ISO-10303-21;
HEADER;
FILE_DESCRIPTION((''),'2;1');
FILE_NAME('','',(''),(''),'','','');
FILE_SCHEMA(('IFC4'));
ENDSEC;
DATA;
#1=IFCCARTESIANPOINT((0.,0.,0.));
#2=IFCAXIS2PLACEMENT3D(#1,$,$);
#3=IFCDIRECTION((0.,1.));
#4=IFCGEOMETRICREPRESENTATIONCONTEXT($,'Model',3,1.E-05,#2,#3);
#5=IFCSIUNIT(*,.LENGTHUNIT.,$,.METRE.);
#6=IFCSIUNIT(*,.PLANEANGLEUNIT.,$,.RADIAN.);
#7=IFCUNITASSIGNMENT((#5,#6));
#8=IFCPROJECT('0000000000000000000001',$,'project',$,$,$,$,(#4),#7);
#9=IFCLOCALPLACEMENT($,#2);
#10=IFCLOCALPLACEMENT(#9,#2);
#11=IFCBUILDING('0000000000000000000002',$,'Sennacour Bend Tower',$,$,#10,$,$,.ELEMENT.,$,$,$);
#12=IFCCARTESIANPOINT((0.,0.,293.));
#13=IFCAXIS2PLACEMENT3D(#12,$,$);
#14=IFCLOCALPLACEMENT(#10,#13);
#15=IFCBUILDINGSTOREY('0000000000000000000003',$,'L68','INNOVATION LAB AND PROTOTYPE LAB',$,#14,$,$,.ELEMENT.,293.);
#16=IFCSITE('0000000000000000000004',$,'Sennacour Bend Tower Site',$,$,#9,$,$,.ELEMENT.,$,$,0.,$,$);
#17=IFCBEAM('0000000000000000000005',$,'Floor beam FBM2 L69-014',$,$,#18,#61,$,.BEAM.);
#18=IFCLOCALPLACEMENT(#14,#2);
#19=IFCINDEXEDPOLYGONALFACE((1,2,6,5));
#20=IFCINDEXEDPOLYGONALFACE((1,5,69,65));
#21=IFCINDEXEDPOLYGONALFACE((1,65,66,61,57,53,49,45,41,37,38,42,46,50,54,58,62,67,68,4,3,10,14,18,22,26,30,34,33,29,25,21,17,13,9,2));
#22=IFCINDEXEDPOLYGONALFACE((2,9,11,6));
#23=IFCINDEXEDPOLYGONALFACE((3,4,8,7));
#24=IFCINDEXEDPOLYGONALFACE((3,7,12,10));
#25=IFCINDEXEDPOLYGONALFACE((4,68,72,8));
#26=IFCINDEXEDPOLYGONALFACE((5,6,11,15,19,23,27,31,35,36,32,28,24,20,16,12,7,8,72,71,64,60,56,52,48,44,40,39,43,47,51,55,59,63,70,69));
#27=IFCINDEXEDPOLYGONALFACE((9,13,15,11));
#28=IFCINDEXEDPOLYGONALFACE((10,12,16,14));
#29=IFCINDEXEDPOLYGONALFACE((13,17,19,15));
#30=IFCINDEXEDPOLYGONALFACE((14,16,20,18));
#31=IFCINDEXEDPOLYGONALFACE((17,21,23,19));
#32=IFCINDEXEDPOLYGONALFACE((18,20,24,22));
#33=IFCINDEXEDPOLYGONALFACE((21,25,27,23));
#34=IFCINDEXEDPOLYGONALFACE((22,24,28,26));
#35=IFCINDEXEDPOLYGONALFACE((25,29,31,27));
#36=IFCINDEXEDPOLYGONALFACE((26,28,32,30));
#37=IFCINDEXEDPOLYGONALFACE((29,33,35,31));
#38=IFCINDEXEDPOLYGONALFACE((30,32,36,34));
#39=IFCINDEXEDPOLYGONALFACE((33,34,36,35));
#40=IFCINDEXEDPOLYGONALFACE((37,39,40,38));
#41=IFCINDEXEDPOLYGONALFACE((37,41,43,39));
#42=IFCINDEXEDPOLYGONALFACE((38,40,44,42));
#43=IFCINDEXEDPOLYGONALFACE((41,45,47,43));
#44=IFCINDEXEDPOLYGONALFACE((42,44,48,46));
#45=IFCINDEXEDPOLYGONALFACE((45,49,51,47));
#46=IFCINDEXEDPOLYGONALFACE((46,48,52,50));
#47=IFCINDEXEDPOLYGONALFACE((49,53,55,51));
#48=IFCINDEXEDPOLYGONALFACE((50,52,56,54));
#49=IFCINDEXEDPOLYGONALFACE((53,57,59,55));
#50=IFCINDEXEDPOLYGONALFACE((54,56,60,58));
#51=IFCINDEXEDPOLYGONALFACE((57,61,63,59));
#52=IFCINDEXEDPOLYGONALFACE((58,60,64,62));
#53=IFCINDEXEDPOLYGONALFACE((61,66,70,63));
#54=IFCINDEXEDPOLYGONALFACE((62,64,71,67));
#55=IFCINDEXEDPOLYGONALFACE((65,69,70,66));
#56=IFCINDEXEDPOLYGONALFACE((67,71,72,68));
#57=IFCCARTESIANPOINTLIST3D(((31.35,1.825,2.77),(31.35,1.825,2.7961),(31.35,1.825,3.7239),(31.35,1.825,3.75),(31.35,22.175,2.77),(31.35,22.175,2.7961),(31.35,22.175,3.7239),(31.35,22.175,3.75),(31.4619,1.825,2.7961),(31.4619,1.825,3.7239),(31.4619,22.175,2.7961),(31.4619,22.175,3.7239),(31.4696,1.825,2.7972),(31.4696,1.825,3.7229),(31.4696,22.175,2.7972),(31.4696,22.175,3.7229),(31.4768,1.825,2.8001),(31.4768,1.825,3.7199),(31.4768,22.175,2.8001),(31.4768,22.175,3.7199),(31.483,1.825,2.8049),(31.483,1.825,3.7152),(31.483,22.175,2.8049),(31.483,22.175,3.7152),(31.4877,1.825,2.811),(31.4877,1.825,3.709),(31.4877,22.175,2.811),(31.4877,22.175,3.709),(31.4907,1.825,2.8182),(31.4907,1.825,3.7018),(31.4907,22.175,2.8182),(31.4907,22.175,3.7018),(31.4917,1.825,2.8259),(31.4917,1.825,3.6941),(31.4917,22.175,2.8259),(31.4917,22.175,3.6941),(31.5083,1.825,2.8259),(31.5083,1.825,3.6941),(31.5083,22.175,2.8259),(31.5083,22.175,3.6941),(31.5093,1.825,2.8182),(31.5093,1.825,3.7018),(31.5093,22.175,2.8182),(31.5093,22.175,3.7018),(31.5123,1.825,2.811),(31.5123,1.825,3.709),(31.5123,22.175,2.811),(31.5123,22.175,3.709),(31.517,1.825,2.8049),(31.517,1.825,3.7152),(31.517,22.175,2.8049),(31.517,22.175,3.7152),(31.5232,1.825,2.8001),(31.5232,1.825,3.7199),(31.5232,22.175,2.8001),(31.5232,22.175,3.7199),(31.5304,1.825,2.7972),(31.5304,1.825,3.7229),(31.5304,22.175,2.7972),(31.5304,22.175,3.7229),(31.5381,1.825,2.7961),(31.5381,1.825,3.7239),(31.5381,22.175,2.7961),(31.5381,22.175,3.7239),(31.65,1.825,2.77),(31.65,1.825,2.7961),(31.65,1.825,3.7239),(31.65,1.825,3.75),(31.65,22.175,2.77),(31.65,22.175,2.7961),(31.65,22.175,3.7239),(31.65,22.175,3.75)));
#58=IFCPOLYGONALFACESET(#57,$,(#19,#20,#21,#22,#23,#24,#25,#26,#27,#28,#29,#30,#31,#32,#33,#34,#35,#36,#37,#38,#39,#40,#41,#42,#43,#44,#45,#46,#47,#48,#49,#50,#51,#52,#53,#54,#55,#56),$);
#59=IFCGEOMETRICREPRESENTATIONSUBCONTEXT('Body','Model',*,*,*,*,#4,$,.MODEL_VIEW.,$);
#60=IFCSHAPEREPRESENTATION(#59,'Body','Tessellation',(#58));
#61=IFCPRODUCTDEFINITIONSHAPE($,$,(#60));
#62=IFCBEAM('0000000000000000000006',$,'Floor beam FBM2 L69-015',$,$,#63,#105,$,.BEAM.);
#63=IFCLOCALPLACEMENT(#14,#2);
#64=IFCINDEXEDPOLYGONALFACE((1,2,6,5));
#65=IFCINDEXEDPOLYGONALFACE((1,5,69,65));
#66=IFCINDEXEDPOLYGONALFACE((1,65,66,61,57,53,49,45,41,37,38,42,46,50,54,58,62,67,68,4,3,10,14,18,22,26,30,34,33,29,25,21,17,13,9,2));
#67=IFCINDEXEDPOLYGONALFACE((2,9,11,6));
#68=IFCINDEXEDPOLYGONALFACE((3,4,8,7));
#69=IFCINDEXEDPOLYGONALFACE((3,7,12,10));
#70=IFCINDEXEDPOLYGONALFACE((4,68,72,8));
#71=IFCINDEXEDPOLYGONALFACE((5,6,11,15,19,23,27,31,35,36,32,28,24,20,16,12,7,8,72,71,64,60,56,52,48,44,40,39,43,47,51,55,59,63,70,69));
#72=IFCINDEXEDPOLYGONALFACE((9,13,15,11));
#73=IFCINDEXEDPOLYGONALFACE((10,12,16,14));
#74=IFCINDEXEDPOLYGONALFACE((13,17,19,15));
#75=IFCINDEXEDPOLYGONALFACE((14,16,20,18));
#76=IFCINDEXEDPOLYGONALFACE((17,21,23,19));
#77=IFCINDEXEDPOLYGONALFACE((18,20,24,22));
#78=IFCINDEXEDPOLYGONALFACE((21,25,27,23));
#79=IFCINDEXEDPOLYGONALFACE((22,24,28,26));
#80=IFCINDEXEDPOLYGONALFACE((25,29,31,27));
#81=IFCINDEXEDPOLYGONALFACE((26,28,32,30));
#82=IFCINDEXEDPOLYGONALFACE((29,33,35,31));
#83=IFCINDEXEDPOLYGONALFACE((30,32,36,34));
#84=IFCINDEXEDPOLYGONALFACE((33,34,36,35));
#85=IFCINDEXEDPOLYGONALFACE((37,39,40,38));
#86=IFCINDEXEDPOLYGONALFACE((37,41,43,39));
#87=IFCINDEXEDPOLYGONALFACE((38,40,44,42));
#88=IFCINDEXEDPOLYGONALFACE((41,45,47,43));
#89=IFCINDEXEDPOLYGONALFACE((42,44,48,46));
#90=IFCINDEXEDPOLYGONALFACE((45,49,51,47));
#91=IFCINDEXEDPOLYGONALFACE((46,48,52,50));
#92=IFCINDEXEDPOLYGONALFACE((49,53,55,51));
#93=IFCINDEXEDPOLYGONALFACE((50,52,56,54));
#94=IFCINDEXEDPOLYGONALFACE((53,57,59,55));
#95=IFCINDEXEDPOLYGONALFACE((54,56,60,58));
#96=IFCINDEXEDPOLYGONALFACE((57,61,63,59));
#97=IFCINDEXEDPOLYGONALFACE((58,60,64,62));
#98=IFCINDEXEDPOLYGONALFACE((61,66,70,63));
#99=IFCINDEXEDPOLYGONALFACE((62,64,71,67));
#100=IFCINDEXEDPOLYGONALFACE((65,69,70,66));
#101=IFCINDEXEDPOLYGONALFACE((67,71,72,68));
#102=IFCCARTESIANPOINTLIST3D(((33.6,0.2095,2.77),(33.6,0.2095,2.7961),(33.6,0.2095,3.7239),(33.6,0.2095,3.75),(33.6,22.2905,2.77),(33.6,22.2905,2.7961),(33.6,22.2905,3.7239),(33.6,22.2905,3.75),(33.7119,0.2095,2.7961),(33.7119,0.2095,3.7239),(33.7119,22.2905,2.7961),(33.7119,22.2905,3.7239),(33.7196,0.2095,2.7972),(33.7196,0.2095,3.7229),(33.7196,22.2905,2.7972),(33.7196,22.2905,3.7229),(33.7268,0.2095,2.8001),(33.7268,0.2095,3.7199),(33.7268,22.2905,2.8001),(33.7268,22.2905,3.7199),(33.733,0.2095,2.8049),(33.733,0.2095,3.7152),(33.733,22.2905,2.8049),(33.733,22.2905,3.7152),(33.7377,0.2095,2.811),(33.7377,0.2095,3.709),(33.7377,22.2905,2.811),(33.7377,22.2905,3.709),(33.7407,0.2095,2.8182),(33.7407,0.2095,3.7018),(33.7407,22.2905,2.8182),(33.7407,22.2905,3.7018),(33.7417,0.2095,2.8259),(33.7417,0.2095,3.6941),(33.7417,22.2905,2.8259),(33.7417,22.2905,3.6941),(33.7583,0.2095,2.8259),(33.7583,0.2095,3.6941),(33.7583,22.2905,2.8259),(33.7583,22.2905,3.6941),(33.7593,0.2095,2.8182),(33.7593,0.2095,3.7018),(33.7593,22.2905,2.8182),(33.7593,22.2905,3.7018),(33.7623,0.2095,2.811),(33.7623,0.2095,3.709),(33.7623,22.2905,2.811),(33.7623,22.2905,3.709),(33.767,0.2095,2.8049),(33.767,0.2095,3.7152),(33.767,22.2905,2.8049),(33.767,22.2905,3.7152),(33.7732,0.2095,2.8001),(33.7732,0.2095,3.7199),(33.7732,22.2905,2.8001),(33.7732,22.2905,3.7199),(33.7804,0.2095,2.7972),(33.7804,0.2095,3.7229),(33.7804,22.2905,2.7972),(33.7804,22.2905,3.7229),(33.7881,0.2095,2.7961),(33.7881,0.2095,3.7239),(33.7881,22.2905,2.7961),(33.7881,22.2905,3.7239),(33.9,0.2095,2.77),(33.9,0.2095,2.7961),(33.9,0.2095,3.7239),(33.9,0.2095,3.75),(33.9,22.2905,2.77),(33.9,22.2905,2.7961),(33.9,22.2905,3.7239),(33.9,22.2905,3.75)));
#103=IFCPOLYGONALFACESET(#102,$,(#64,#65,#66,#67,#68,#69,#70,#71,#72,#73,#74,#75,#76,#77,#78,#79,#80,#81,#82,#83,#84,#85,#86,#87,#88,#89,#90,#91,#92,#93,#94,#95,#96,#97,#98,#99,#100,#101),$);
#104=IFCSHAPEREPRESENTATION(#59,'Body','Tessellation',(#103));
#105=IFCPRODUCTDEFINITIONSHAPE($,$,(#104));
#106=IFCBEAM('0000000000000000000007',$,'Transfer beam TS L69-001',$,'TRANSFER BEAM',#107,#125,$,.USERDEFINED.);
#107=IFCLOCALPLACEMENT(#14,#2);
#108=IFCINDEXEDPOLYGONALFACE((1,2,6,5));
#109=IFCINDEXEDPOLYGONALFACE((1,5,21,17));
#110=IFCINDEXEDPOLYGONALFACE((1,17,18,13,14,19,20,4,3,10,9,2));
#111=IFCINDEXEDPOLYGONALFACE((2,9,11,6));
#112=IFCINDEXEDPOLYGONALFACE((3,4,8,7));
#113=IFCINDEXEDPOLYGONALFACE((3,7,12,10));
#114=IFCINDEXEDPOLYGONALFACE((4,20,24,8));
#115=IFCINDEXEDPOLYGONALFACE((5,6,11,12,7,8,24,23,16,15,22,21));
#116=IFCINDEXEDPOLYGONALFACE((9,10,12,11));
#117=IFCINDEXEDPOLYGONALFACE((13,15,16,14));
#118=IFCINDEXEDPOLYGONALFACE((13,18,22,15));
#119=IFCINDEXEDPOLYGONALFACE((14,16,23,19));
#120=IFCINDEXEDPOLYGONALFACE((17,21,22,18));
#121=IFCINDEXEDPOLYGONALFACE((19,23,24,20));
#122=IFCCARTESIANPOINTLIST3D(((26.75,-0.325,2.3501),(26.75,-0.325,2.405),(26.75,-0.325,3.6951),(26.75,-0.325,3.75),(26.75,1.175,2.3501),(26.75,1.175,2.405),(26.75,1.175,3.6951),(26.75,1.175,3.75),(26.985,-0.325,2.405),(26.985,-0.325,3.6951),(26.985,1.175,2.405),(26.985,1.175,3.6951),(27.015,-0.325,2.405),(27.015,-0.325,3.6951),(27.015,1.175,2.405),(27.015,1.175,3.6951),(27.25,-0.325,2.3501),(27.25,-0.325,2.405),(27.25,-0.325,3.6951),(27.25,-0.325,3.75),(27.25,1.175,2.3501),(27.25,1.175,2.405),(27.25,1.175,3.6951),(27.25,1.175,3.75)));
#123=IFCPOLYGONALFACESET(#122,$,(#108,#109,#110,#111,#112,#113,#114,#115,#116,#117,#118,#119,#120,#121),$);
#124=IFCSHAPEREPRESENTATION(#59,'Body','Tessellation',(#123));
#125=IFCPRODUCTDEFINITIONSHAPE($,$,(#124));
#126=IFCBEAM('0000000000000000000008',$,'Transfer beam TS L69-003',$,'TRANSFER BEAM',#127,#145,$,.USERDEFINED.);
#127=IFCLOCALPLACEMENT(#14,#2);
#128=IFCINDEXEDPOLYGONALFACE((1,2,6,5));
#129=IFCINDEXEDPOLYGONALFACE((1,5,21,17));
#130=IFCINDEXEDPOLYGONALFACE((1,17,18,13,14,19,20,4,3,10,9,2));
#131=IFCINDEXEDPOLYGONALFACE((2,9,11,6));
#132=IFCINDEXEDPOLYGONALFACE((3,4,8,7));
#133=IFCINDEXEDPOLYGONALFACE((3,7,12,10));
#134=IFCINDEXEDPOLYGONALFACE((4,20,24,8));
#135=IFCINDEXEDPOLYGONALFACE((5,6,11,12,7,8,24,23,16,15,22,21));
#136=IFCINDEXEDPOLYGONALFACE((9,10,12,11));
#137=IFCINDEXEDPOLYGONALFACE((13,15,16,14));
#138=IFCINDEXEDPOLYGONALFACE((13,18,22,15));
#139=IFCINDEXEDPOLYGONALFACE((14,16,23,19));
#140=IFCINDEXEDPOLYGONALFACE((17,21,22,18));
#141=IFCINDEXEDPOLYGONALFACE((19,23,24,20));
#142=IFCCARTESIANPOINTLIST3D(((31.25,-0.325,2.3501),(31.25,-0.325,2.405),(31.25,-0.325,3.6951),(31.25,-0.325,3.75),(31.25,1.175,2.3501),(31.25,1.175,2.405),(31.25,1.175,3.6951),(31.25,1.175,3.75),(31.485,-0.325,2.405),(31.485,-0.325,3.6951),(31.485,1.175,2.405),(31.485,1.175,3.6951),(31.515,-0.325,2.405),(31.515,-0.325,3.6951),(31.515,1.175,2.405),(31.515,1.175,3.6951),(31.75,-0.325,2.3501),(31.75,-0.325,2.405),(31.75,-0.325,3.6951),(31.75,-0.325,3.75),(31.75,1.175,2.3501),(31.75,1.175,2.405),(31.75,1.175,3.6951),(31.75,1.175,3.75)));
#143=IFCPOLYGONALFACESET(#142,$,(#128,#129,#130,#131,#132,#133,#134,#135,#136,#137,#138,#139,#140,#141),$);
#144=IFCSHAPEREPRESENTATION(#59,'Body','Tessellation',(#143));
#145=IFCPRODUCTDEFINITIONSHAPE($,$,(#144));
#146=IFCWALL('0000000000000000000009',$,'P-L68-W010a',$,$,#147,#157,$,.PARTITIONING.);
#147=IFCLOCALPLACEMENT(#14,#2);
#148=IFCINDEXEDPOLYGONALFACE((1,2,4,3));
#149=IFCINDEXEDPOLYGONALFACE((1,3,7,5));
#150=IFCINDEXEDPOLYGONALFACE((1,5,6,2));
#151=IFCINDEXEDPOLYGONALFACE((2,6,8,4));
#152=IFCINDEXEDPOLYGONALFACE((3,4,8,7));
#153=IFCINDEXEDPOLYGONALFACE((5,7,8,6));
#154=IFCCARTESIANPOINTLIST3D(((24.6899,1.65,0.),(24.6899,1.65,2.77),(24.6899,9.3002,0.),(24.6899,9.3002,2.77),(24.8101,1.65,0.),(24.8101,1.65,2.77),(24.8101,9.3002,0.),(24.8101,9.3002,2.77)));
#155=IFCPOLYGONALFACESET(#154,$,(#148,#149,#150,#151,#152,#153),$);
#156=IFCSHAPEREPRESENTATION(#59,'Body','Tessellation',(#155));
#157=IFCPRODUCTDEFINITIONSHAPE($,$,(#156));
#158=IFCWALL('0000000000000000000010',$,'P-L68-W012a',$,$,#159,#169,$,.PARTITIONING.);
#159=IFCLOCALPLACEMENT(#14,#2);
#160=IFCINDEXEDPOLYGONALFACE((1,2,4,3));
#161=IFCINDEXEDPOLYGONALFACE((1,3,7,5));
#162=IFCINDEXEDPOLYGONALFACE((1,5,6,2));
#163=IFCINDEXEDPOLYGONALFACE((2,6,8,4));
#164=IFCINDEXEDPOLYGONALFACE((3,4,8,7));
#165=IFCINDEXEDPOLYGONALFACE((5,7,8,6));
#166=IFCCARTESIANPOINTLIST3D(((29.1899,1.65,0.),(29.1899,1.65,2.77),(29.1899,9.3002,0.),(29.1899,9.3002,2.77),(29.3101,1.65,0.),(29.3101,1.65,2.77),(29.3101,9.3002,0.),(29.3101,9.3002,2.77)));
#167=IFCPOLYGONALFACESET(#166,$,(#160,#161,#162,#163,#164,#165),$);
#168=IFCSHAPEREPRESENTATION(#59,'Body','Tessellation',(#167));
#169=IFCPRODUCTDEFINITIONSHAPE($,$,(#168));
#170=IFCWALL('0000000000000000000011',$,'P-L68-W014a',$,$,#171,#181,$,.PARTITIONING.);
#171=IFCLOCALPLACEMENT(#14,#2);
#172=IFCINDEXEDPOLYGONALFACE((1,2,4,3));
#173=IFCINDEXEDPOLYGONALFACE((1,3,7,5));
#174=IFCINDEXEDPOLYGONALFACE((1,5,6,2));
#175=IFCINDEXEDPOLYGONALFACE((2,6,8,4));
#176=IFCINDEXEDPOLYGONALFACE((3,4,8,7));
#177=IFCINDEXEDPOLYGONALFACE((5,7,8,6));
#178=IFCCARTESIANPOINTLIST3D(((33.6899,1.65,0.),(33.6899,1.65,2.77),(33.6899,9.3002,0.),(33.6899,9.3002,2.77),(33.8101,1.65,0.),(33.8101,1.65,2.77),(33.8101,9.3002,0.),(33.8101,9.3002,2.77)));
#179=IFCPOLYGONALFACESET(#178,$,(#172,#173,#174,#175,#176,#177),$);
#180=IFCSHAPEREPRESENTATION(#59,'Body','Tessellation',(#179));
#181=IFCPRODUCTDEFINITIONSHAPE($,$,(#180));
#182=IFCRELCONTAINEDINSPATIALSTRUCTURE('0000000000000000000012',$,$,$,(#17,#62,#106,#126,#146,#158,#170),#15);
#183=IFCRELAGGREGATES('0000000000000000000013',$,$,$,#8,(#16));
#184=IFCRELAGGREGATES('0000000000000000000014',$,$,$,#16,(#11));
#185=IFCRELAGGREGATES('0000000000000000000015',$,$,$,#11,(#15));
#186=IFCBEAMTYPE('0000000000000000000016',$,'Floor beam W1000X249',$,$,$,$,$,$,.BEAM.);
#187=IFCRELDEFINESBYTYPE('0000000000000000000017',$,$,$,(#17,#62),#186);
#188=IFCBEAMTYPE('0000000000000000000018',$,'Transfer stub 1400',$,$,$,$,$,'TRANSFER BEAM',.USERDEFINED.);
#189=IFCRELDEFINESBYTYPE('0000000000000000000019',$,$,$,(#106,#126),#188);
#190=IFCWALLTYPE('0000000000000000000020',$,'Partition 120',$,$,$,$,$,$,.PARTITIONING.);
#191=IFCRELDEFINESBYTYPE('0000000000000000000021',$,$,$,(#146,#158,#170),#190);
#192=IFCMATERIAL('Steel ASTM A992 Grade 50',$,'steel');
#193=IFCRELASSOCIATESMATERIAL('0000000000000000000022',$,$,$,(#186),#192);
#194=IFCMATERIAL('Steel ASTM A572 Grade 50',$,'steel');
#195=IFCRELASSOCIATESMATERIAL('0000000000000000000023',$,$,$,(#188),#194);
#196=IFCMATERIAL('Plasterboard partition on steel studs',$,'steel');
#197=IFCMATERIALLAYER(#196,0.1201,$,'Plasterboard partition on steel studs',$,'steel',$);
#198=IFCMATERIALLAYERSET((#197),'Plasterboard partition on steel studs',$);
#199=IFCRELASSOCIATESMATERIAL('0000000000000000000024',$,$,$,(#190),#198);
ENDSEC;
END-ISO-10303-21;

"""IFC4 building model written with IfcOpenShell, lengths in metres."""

from ifc_helpers import new_model, si_unit, direction, frame, frame_2d, origin, origin_2d, place, context, subcontext, project, spatial, rectangle, i_section, extrude, material, layer, layer_set, material_profile, profile_set, type_object, element, save


model = new_model("IFC4")

# Units and contexts
model_context = context("Model", 3, precision=1e-05, world=origin(), true_north=direction((0.0, 1.0)))
body_context = subcontext(model_context, "Body", "Model", "MODEL_VIEW")
ifc_project = project(units=[si_unit("LENGTHUNIT", "METRE"), si_unit("PLANEANGLEUNIT", "RADIAN")], contexts=[model_context])

# Site, building, storey
site_placement = place(None, origin())
site = spatial("IfcSite", under=ifc_project, at=site_placement, Name="Sennacour Bend Tower Site", CompositionType="ELEMENT", RefElevation=0.0)
building_placement = place(site_placement, origin())
building = spatial("IfcBuilding", under=site, at=building_placement, Name="Sennacour Bend Tower", CompositionType="ELEMENT")
storey_placement = place(building_placement, frame((0.0, 0.0, 293.0)))
storey = spatial("IfcBuildingStorey", under=building, at=storey_placement, Name="L68", Description="INNOVATION LAB AND PROTOTYPE LAB", CompositionType="ELEMENT", Elevation=293.0)

# Shared definitions
ifc_material_1 = material(Name="Steel ASTM A572 Grade 50", Category="steel")

# Beams
ifc_material_2 = material(Name="Steel ASTM A992 Grade 50", Category="steel")
ifc_material_profile_1 = material_profile(ifc_material_2, i_section(OverallWidth=0.3, OverallDepth=0.98, WebThickness=0.0166, FlangeThickness=0.0261, FilletRadius=0.0298, at=origin_2d()), Name="Steel ASTM A992 Grade 50", Category="steel")
ifc_profile_set_1 = profile_set([ifc_material_profile_1], Name="Steel ASTM A992 Grade 50")
beam_type_1 = type_object("IfcBeamType", Name="Floor beam W1000X249", PredefinedType="BEAM", material=ifc_profile_set_1)
beam_1_placement = place(storey_placement, frame((31.5, 1.825, 3.26), z_axis=(0.0, 1.0, 0.0), x_axis=(-1.0, 0.0, 0.0)))
element("IfcBeam", 1, at=beam_1_placement, inside=storey, type_object=beam_type_1, Name="Floor beam FBM2 L69-014", PredefinedType="BEAM", context=body_context, shape_type="SweptSolid", body=[
    extrude(i_section(OverallWidth=0.3, OverallDepth=0.98, WebThickness=0.0166, FlangeThickness=0.0261, FilletRadius=0.0298, at=origin_2d()), origin(), (0.0, 0.0, 1.0), 20.3501),
])
beam_2_placement = place(storey_placement, frame((33.75, 0.2095, 3.26), z_axis=(0.0, 1.0, 0.0), x_axis=(-1.0, 0.0, 0.0)))
element("IfcBeam", 2, at=beam_2_placement, inside=storey, type_object=beam_type_1, Name="Floor beam FBM2 L69-015", PredefinedType="BEAM", context=body_context, shape_type="SweptSolid", body=[
    extrude(i_section(OverallWidth=0.3, OverallDepth=0.98, WebThickness=0.0166, FlangeThickness=0.0261, FilletRadius=0.0298, at=origin_2d()), origin(), (0.0, 0.0, 1.0), 22.0811),
])
ifc_material_profile_2 = material_profile(ifc_material_1, i_section(OverallWidth=0.5, OverallDepth=1.3999, WebThickness=0.03, FlangeThickness=0.0549, at=origin_2d()), Name="Steel ASTM A572 Grade 50", Category="steel")
ifc_profile_set_2 = profile_set([ifc_material_profile_2], Name="Steel ASTM A572 Grade 50")
beam_type_2 = type_object("IfcBeamType", Name="Transfer stub 1400", ElementType="TRANSFER BEAM", PredefinedType="USERDEFINED", material=ifc_profile_set_2)
for number, where, z_axis, x_axis, name in (
    (3, (27.0, 1.175, 3.05), (0.0, -1.0, 0.0), (1.0, 0.0, 0.0), "Transfer beam TS L69-001"),
    (4, (31.5, 1.175, 3.05), (0.0, -1.0, 0.0), (1.0, 0.0, 0.0), "Transfer beam TS L69-003"),
):
    element("IfcBeam", number, at=place(storey_placement, frame(where, z_axis=z_axis, x_axis=x_axis)), inside=storey, type_object=beam_type_2, Name=name, ObjectType="TRANSFER BEAM", PredefinedType="USERDEFINED", context=body_context, shape_type="SweptSolid", body=[
        extrude(i_section(OverallWidth=0.5, OverallDepth=1.3999, WebThickness=0.03, FlangeThickness=0.0549, at=origin_2d()), origin(), (0.0, 0.0, 1.0), 1.5),
    ])

# Walls
ifc_material_3 = material(Name="Plasterboard partition on steel studs", Category="steel")
ifc_layer_1 = layer(ifc_material_3, 0.1201, Name="Plasterboard partition on steel studs", Category="steel")
ifc_layer_set_1 = layer_set([ifc_layer_1], Name="Plasterboard partition on steel studs")
wall_type_1 = type_object("IfcWallType", Name="Partition 120", PredefinedType="PARTITIONING", material=ifc_layer_set_1)
for number, where, z_axis, x_axis, name in (
    (5, (24.75, 1.6499, 0.0), (0.0, 0.0, 1.0), (0.0, 1.0, 0.0), "P-L68-W010a"),
    (6, (29.25, 1.6499, 0.0), (0.0, 0.0, 1.0), (0.0, 1.0, 0.0), "P-L68-W012a"),
    (7, (33.75, 1.6499, 0.0), (0.0, 0.0, 1.0), (0.0, 1.0, 0.0), "P-L68-W014a"),
):
    element("IfcWall", number, at=place(storey_placement, frame(where, z_axis=z_axis, x_axis=x_axis)), inside=storey, type_object=wall_type_1, Name=name, PredefinedType="PARTITIONING", context=body_context, shape_type="SweptSolid", body=[
        extrude(rectangle(XDim=7.6501, YDim=0.1201, at=frame_2d((3.8252, 0.0))), origin(), (0.0, 0.0, 1.0), 2.77),
    ])

save(model, "model.ifc")
